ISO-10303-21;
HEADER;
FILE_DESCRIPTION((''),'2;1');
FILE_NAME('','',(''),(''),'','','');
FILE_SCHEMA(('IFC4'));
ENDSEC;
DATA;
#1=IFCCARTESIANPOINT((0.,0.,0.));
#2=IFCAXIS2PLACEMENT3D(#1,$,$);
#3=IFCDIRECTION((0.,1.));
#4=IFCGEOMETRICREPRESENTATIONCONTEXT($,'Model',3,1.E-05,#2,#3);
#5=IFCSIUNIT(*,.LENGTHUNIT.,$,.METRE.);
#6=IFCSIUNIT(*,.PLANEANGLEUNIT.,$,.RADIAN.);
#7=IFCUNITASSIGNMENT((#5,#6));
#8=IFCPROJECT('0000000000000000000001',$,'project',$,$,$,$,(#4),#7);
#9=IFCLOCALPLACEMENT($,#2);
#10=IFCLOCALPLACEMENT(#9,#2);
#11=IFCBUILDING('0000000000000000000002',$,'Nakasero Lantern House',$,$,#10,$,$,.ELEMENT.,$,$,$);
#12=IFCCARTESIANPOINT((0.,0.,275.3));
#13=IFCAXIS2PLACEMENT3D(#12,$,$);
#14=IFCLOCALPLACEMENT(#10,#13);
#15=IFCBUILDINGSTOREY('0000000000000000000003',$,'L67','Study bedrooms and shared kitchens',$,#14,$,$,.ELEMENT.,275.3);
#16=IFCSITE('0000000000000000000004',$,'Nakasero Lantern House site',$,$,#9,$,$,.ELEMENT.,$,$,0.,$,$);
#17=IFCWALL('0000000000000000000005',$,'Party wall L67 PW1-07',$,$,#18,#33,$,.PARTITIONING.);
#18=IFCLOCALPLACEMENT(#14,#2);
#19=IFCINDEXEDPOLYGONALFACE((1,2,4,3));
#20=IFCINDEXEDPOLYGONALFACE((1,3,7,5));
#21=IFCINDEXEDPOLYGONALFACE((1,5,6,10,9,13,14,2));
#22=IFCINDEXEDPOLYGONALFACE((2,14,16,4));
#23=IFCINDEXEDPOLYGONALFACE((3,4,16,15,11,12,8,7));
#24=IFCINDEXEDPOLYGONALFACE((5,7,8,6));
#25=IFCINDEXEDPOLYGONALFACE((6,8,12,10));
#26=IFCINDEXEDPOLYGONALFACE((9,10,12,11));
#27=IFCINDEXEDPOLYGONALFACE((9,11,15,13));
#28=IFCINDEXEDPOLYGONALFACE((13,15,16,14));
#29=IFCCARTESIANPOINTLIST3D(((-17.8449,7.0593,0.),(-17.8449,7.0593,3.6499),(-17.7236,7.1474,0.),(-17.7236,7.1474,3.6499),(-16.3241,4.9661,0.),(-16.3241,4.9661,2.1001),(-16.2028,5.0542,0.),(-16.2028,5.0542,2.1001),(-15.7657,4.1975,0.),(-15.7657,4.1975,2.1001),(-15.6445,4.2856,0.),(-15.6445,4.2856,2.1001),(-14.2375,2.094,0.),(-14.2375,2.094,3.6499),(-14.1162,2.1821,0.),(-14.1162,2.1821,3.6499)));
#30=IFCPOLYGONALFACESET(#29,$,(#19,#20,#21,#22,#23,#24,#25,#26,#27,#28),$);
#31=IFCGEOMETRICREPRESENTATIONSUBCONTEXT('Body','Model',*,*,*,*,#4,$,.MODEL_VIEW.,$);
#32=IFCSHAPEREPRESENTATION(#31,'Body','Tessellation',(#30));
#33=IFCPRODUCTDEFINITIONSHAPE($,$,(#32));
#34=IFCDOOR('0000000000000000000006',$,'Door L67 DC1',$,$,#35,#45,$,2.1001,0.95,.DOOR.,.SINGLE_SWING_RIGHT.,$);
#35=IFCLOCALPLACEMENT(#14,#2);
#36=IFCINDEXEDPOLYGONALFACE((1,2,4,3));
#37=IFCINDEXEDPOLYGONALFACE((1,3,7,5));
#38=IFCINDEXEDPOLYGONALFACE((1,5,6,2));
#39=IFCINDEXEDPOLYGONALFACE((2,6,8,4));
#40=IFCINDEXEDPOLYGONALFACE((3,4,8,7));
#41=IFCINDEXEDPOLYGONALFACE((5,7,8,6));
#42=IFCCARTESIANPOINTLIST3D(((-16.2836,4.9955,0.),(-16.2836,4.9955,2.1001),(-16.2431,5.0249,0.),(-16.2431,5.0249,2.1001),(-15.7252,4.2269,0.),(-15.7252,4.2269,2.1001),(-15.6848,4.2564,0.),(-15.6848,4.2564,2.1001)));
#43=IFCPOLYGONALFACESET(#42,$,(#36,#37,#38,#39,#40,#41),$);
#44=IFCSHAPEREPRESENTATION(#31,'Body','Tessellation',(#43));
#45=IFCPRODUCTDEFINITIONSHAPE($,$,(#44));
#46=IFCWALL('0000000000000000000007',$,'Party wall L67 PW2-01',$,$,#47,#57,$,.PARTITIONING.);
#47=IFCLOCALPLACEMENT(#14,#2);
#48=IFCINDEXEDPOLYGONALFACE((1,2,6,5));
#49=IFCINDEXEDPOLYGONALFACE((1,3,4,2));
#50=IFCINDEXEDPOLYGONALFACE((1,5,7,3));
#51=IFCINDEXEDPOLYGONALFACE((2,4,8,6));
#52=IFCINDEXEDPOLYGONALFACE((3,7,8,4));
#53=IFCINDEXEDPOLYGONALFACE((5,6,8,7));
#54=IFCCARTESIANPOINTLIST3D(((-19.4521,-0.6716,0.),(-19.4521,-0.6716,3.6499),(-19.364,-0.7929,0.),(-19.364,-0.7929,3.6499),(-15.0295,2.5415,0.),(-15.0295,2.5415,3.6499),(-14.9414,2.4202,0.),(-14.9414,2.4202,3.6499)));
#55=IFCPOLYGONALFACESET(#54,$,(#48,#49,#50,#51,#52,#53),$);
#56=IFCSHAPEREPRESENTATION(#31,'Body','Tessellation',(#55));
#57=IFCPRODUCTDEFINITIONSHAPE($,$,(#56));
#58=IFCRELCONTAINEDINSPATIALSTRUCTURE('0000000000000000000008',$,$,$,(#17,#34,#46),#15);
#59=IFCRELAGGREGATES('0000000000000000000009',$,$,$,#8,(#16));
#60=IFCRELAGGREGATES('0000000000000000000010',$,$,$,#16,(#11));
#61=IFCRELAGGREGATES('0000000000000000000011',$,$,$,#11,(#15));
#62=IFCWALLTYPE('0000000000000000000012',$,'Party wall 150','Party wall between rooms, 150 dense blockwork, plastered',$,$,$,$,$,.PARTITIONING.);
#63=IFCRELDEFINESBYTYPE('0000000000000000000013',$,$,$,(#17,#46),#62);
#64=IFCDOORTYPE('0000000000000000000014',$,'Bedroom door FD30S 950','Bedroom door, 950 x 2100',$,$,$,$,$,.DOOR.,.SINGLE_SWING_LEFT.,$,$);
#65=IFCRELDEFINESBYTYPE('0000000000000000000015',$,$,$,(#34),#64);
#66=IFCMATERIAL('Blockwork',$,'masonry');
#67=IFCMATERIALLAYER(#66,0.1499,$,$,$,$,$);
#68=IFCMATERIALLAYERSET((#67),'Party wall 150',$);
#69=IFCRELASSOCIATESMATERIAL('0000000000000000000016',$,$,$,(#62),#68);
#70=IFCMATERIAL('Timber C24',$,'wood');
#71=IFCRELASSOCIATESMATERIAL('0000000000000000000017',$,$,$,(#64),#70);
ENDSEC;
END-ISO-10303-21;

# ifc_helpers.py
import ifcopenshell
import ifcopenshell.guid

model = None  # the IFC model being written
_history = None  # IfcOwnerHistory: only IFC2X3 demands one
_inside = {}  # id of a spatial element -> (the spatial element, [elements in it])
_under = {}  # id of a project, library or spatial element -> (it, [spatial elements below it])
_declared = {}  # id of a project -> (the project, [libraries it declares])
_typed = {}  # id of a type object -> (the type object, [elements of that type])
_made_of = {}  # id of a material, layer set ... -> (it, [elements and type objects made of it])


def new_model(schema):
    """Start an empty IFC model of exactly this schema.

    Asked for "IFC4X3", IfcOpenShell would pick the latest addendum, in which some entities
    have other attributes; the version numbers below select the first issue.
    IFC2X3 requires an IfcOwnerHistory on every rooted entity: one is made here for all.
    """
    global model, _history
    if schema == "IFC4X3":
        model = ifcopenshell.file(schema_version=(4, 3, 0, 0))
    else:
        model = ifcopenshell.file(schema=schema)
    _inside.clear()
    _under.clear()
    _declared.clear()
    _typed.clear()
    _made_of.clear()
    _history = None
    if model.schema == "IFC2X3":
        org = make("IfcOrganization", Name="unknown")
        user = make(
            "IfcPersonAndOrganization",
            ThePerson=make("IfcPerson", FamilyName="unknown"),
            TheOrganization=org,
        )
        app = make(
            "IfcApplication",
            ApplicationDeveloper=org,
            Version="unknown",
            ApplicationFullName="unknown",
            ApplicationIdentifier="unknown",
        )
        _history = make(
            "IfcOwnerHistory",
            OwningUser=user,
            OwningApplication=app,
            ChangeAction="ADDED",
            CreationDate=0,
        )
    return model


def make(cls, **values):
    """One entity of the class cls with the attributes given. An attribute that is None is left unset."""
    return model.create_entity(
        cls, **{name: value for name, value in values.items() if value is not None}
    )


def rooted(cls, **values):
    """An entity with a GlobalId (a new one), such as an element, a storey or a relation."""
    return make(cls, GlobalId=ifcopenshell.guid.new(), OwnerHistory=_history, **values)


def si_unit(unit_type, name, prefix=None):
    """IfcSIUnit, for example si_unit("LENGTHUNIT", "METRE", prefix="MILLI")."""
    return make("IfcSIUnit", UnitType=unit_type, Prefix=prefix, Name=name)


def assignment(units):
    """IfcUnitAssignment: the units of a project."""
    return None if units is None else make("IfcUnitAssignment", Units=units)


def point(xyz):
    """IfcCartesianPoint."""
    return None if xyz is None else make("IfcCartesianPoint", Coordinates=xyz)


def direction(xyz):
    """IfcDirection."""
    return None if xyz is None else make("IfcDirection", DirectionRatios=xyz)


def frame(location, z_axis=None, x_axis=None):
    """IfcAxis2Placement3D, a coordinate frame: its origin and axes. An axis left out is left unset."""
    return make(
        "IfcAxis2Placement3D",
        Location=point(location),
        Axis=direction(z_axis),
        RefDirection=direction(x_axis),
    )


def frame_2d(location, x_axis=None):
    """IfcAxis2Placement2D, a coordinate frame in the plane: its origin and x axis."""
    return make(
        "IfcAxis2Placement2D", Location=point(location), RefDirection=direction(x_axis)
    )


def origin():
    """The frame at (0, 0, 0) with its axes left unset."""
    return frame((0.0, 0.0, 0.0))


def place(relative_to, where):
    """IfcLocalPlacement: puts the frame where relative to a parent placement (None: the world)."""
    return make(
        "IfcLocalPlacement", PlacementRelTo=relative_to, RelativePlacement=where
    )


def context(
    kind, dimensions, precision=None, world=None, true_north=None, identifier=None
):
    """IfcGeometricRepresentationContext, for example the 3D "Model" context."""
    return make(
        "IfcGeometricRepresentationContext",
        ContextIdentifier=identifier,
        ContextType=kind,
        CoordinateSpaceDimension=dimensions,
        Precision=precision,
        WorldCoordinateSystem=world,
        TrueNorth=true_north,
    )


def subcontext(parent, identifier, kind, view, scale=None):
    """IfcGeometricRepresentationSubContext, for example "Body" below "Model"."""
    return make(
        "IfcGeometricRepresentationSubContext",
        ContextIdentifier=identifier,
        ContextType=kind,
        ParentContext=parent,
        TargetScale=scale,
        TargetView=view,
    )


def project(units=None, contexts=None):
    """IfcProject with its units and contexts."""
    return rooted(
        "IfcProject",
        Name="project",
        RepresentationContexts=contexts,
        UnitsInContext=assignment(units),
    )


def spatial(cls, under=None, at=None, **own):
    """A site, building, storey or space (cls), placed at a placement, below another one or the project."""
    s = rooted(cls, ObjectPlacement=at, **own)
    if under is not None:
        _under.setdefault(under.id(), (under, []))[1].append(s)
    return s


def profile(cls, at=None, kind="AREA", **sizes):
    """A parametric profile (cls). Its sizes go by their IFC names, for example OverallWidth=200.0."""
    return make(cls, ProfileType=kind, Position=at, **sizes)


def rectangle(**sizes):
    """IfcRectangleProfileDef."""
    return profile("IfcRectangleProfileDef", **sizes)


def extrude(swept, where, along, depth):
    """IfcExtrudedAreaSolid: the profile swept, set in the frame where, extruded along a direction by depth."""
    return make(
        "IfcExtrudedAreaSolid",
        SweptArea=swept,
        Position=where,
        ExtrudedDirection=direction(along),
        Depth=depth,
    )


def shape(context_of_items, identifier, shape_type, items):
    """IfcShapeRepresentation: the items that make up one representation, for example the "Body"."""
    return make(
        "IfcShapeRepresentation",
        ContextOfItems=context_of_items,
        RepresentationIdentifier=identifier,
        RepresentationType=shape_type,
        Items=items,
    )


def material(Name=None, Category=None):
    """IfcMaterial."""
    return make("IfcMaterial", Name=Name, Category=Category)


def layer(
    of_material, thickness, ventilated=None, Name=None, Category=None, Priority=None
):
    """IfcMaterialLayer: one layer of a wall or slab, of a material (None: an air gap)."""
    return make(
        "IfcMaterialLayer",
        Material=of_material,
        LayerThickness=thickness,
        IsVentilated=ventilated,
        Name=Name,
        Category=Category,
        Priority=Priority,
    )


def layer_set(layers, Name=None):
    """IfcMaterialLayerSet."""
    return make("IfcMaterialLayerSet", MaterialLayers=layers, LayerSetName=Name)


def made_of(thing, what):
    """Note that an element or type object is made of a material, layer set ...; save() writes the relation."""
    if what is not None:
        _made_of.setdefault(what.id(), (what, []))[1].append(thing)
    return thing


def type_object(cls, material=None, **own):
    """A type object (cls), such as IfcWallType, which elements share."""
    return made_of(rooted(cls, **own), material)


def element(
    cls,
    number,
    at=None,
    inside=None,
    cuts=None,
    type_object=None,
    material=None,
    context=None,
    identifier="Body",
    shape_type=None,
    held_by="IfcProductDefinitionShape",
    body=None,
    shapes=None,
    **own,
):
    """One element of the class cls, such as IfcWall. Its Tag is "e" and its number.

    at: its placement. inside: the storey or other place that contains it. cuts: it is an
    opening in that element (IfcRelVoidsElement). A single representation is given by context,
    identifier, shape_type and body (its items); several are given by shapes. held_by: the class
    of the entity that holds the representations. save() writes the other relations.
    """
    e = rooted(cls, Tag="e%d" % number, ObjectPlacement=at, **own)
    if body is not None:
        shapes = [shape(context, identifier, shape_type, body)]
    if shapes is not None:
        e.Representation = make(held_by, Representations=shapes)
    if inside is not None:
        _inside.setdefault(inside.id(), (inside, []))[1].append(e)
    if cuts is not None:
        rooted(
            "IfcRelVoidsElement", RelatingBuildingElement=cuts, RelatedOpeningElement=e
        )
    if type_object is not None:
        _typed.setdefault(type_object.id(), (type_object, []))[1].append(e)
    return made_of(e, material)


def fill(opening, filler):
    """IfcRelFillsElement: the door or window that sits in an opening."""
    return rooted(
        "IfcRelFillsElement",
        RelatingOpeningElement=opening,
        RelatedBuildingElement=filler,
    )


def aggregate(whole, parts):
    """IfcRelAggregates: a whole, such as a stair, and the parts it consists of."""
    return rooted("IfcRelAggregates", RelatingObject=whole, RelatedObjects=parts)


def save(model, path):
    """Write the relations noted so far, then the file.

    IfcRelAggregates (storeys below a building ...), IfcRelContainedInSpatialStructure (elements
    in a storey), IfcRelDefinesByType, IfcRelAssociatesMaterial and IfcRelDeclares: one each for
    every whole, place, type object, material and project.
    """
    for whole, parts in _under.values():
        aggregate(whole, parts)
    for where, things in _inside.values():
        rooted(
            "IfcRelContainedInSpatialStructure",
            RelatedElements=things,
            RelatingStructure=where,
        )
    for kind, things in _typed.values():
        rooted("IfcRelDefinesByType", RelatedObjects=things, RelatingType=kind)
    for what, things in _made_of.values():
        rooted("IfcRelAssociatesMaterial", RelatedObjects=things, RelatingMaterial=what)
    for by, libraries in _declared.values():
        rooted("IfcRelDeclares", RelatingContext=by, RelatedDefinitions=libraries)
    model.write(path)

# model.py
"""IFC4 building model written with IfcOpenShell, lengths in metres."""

from ifc_helpers import new_model, si_unit, direction, frame, frame_2d, origin, place, context, subcontext, project, spatial, rectangle, extrude, material, layer, layer_set, type_object, element, fill, save


model = new_model("IFC4")

# Units and contexts
model_context = context("Model", 3, precision=1e-05, world=origin(), true_north=direction((0.0, 1.0)))
body_context = subcontext(model_context, "Body", "Model", "MODEL_VIEW")
ifc_project = project(units=[si_unit("LENGTHUNIT", "METRE"), si_unit("PLANEANGLEUNIT", "RADIAN")], contexts=[model_context])

# Site, building, storey
site_placement = place(None, origin())
site = spatial("IfcSite", under=ifc_project, at=site_placement, Name="Nakasero Lantern House site", CompositionType="ELEMENT", RefElevation=0.0)
building_placement = place(site_placement, origin())
building = spatial("IfcBuilding", under=site, at=building_placement, Name="Nakasero Lantern House", CompositionType="ELEMENT")
storey_placement = place(building_placement, frame((0.0, 0.0, 275.3)))
storey = spatial("IfcBuildingStorey", under=building, at=storey_placement, Name="L67", Description="Study bedrooms and shared kitchens", CompositionType="ELEMENT", Elevation=275.3)

# Wall, opening, door
ifc_material_1 = material(Name="Blockwork", Category="masonry")
ifc_layer_1 = layer(ifc_material_1, 0.1499)
ifc_layer_set_1 = layer_set([ifc_layer_1], Name="Party wall 150")
wall_type_1 = type_object("IfcWallType", Name="Party wall 150", Description="Party wall between rooms, 150 dense blockwork, plastered", PredefinedType="PARTITIONING", material=ifc_layer_set_1)
wall_1_placement = place(storey_placement, frame((-14.1768, 2.1379, 0.0), z_axis=(0.0, 0.0, 1.0), x_axis=(-0.587774, 0.809025, 0.0)))
wall_1 = element("IfcWall", 1, at=wall_1_placement, inside=storey, type_object=wall_type_1, Name="Party wall L67 PW1-07", PredefinedType="PARTITIONING", context=body_context, shape_type="SweptSolid", body=[
    extrude(rectangle(XDim=6.1375, YDim=0.1499, at=frame_2d((3.0688, 0.0))), origin(), (0.0, 0.0, 1.0), 3.6499),
])
opening_1_placement = place(wall_1_placement, frame((2.6001, 0.0, 0.0)))
opening_1 = element("IfcOpeningElement", 2, at=opening_1_placement, cuts=wall_1, PredefinedType="OPENING", context=body_context, shape_type="SweptSolid", body=[
    extrude(rectangle(XDim=0.95, YDim=2.1001, at=frame_2d((0.4751, 1.05))), frame((0.0, 0.095, 0.0), z_axis=(0.0, -1.0, 0.0), x_axis=(1.0, 0.0, 0.0)), (0.0, 0.0, 1.0), 0.1899),
])
ifc_material_2 = material(Name="Timber C24", Category="wood")
door_type = type_object("IfcDoorType", Name="Bedroom door FD30S 950", Description="Bedroom door, 950 x 2100", OperationType="SINGLE_SWING_LEFT", PredefinedType="DOOR", material=ifc_material_2)
door_placement = place(opening_1_placement, origin())
door = element("IfcDoor", 3, at=door_placement, inside=storey, type_object=door_type, Name="Door L67 DC1", OperationType="SINGLE_SWING_RIGHT", OverallHeight=2.1001, OverallWidth=0.95, PredefinedType="DOOR", context=body_context, shape_type="SweptSolid", body=[
    extrude(rectangle(XDim=0.95, YDim=2.1001, at=frame_2d((0.4751, 1.05))), frame((0.0, 0.0249, 0.0), z_axis=(0.0, -1.0, 0.0), x_axis=(1.0, 0.0, 0.0)), (0.0, 0.0, 1.0), 0.05),
])
fill(opening_1, door)

# Wall
wall_2_placement = place(storey_placement, frame((-14.9854, 2.481, 0.0), z_axis=(0.0, 0.0, 1.0), x_axis=(-0.809024, -0.587776, 0.0)))
element("IfcWall", 4, at=wall_2_placement, inside=storey, type_object=wall_type_1, Name="Party wall L67 PW2-01", PredefinedType="PARTITIONING", context=body_context, shape_type="SweptSolid", body=[
    extrude(rectangle(XDim=5.4666, YDim=0.1499, at=frame_2d((2.7334, 0.0))), origin(), (0.0, 0.0, 1.0), 3.6499),
])

save(model, "model.ifc")
